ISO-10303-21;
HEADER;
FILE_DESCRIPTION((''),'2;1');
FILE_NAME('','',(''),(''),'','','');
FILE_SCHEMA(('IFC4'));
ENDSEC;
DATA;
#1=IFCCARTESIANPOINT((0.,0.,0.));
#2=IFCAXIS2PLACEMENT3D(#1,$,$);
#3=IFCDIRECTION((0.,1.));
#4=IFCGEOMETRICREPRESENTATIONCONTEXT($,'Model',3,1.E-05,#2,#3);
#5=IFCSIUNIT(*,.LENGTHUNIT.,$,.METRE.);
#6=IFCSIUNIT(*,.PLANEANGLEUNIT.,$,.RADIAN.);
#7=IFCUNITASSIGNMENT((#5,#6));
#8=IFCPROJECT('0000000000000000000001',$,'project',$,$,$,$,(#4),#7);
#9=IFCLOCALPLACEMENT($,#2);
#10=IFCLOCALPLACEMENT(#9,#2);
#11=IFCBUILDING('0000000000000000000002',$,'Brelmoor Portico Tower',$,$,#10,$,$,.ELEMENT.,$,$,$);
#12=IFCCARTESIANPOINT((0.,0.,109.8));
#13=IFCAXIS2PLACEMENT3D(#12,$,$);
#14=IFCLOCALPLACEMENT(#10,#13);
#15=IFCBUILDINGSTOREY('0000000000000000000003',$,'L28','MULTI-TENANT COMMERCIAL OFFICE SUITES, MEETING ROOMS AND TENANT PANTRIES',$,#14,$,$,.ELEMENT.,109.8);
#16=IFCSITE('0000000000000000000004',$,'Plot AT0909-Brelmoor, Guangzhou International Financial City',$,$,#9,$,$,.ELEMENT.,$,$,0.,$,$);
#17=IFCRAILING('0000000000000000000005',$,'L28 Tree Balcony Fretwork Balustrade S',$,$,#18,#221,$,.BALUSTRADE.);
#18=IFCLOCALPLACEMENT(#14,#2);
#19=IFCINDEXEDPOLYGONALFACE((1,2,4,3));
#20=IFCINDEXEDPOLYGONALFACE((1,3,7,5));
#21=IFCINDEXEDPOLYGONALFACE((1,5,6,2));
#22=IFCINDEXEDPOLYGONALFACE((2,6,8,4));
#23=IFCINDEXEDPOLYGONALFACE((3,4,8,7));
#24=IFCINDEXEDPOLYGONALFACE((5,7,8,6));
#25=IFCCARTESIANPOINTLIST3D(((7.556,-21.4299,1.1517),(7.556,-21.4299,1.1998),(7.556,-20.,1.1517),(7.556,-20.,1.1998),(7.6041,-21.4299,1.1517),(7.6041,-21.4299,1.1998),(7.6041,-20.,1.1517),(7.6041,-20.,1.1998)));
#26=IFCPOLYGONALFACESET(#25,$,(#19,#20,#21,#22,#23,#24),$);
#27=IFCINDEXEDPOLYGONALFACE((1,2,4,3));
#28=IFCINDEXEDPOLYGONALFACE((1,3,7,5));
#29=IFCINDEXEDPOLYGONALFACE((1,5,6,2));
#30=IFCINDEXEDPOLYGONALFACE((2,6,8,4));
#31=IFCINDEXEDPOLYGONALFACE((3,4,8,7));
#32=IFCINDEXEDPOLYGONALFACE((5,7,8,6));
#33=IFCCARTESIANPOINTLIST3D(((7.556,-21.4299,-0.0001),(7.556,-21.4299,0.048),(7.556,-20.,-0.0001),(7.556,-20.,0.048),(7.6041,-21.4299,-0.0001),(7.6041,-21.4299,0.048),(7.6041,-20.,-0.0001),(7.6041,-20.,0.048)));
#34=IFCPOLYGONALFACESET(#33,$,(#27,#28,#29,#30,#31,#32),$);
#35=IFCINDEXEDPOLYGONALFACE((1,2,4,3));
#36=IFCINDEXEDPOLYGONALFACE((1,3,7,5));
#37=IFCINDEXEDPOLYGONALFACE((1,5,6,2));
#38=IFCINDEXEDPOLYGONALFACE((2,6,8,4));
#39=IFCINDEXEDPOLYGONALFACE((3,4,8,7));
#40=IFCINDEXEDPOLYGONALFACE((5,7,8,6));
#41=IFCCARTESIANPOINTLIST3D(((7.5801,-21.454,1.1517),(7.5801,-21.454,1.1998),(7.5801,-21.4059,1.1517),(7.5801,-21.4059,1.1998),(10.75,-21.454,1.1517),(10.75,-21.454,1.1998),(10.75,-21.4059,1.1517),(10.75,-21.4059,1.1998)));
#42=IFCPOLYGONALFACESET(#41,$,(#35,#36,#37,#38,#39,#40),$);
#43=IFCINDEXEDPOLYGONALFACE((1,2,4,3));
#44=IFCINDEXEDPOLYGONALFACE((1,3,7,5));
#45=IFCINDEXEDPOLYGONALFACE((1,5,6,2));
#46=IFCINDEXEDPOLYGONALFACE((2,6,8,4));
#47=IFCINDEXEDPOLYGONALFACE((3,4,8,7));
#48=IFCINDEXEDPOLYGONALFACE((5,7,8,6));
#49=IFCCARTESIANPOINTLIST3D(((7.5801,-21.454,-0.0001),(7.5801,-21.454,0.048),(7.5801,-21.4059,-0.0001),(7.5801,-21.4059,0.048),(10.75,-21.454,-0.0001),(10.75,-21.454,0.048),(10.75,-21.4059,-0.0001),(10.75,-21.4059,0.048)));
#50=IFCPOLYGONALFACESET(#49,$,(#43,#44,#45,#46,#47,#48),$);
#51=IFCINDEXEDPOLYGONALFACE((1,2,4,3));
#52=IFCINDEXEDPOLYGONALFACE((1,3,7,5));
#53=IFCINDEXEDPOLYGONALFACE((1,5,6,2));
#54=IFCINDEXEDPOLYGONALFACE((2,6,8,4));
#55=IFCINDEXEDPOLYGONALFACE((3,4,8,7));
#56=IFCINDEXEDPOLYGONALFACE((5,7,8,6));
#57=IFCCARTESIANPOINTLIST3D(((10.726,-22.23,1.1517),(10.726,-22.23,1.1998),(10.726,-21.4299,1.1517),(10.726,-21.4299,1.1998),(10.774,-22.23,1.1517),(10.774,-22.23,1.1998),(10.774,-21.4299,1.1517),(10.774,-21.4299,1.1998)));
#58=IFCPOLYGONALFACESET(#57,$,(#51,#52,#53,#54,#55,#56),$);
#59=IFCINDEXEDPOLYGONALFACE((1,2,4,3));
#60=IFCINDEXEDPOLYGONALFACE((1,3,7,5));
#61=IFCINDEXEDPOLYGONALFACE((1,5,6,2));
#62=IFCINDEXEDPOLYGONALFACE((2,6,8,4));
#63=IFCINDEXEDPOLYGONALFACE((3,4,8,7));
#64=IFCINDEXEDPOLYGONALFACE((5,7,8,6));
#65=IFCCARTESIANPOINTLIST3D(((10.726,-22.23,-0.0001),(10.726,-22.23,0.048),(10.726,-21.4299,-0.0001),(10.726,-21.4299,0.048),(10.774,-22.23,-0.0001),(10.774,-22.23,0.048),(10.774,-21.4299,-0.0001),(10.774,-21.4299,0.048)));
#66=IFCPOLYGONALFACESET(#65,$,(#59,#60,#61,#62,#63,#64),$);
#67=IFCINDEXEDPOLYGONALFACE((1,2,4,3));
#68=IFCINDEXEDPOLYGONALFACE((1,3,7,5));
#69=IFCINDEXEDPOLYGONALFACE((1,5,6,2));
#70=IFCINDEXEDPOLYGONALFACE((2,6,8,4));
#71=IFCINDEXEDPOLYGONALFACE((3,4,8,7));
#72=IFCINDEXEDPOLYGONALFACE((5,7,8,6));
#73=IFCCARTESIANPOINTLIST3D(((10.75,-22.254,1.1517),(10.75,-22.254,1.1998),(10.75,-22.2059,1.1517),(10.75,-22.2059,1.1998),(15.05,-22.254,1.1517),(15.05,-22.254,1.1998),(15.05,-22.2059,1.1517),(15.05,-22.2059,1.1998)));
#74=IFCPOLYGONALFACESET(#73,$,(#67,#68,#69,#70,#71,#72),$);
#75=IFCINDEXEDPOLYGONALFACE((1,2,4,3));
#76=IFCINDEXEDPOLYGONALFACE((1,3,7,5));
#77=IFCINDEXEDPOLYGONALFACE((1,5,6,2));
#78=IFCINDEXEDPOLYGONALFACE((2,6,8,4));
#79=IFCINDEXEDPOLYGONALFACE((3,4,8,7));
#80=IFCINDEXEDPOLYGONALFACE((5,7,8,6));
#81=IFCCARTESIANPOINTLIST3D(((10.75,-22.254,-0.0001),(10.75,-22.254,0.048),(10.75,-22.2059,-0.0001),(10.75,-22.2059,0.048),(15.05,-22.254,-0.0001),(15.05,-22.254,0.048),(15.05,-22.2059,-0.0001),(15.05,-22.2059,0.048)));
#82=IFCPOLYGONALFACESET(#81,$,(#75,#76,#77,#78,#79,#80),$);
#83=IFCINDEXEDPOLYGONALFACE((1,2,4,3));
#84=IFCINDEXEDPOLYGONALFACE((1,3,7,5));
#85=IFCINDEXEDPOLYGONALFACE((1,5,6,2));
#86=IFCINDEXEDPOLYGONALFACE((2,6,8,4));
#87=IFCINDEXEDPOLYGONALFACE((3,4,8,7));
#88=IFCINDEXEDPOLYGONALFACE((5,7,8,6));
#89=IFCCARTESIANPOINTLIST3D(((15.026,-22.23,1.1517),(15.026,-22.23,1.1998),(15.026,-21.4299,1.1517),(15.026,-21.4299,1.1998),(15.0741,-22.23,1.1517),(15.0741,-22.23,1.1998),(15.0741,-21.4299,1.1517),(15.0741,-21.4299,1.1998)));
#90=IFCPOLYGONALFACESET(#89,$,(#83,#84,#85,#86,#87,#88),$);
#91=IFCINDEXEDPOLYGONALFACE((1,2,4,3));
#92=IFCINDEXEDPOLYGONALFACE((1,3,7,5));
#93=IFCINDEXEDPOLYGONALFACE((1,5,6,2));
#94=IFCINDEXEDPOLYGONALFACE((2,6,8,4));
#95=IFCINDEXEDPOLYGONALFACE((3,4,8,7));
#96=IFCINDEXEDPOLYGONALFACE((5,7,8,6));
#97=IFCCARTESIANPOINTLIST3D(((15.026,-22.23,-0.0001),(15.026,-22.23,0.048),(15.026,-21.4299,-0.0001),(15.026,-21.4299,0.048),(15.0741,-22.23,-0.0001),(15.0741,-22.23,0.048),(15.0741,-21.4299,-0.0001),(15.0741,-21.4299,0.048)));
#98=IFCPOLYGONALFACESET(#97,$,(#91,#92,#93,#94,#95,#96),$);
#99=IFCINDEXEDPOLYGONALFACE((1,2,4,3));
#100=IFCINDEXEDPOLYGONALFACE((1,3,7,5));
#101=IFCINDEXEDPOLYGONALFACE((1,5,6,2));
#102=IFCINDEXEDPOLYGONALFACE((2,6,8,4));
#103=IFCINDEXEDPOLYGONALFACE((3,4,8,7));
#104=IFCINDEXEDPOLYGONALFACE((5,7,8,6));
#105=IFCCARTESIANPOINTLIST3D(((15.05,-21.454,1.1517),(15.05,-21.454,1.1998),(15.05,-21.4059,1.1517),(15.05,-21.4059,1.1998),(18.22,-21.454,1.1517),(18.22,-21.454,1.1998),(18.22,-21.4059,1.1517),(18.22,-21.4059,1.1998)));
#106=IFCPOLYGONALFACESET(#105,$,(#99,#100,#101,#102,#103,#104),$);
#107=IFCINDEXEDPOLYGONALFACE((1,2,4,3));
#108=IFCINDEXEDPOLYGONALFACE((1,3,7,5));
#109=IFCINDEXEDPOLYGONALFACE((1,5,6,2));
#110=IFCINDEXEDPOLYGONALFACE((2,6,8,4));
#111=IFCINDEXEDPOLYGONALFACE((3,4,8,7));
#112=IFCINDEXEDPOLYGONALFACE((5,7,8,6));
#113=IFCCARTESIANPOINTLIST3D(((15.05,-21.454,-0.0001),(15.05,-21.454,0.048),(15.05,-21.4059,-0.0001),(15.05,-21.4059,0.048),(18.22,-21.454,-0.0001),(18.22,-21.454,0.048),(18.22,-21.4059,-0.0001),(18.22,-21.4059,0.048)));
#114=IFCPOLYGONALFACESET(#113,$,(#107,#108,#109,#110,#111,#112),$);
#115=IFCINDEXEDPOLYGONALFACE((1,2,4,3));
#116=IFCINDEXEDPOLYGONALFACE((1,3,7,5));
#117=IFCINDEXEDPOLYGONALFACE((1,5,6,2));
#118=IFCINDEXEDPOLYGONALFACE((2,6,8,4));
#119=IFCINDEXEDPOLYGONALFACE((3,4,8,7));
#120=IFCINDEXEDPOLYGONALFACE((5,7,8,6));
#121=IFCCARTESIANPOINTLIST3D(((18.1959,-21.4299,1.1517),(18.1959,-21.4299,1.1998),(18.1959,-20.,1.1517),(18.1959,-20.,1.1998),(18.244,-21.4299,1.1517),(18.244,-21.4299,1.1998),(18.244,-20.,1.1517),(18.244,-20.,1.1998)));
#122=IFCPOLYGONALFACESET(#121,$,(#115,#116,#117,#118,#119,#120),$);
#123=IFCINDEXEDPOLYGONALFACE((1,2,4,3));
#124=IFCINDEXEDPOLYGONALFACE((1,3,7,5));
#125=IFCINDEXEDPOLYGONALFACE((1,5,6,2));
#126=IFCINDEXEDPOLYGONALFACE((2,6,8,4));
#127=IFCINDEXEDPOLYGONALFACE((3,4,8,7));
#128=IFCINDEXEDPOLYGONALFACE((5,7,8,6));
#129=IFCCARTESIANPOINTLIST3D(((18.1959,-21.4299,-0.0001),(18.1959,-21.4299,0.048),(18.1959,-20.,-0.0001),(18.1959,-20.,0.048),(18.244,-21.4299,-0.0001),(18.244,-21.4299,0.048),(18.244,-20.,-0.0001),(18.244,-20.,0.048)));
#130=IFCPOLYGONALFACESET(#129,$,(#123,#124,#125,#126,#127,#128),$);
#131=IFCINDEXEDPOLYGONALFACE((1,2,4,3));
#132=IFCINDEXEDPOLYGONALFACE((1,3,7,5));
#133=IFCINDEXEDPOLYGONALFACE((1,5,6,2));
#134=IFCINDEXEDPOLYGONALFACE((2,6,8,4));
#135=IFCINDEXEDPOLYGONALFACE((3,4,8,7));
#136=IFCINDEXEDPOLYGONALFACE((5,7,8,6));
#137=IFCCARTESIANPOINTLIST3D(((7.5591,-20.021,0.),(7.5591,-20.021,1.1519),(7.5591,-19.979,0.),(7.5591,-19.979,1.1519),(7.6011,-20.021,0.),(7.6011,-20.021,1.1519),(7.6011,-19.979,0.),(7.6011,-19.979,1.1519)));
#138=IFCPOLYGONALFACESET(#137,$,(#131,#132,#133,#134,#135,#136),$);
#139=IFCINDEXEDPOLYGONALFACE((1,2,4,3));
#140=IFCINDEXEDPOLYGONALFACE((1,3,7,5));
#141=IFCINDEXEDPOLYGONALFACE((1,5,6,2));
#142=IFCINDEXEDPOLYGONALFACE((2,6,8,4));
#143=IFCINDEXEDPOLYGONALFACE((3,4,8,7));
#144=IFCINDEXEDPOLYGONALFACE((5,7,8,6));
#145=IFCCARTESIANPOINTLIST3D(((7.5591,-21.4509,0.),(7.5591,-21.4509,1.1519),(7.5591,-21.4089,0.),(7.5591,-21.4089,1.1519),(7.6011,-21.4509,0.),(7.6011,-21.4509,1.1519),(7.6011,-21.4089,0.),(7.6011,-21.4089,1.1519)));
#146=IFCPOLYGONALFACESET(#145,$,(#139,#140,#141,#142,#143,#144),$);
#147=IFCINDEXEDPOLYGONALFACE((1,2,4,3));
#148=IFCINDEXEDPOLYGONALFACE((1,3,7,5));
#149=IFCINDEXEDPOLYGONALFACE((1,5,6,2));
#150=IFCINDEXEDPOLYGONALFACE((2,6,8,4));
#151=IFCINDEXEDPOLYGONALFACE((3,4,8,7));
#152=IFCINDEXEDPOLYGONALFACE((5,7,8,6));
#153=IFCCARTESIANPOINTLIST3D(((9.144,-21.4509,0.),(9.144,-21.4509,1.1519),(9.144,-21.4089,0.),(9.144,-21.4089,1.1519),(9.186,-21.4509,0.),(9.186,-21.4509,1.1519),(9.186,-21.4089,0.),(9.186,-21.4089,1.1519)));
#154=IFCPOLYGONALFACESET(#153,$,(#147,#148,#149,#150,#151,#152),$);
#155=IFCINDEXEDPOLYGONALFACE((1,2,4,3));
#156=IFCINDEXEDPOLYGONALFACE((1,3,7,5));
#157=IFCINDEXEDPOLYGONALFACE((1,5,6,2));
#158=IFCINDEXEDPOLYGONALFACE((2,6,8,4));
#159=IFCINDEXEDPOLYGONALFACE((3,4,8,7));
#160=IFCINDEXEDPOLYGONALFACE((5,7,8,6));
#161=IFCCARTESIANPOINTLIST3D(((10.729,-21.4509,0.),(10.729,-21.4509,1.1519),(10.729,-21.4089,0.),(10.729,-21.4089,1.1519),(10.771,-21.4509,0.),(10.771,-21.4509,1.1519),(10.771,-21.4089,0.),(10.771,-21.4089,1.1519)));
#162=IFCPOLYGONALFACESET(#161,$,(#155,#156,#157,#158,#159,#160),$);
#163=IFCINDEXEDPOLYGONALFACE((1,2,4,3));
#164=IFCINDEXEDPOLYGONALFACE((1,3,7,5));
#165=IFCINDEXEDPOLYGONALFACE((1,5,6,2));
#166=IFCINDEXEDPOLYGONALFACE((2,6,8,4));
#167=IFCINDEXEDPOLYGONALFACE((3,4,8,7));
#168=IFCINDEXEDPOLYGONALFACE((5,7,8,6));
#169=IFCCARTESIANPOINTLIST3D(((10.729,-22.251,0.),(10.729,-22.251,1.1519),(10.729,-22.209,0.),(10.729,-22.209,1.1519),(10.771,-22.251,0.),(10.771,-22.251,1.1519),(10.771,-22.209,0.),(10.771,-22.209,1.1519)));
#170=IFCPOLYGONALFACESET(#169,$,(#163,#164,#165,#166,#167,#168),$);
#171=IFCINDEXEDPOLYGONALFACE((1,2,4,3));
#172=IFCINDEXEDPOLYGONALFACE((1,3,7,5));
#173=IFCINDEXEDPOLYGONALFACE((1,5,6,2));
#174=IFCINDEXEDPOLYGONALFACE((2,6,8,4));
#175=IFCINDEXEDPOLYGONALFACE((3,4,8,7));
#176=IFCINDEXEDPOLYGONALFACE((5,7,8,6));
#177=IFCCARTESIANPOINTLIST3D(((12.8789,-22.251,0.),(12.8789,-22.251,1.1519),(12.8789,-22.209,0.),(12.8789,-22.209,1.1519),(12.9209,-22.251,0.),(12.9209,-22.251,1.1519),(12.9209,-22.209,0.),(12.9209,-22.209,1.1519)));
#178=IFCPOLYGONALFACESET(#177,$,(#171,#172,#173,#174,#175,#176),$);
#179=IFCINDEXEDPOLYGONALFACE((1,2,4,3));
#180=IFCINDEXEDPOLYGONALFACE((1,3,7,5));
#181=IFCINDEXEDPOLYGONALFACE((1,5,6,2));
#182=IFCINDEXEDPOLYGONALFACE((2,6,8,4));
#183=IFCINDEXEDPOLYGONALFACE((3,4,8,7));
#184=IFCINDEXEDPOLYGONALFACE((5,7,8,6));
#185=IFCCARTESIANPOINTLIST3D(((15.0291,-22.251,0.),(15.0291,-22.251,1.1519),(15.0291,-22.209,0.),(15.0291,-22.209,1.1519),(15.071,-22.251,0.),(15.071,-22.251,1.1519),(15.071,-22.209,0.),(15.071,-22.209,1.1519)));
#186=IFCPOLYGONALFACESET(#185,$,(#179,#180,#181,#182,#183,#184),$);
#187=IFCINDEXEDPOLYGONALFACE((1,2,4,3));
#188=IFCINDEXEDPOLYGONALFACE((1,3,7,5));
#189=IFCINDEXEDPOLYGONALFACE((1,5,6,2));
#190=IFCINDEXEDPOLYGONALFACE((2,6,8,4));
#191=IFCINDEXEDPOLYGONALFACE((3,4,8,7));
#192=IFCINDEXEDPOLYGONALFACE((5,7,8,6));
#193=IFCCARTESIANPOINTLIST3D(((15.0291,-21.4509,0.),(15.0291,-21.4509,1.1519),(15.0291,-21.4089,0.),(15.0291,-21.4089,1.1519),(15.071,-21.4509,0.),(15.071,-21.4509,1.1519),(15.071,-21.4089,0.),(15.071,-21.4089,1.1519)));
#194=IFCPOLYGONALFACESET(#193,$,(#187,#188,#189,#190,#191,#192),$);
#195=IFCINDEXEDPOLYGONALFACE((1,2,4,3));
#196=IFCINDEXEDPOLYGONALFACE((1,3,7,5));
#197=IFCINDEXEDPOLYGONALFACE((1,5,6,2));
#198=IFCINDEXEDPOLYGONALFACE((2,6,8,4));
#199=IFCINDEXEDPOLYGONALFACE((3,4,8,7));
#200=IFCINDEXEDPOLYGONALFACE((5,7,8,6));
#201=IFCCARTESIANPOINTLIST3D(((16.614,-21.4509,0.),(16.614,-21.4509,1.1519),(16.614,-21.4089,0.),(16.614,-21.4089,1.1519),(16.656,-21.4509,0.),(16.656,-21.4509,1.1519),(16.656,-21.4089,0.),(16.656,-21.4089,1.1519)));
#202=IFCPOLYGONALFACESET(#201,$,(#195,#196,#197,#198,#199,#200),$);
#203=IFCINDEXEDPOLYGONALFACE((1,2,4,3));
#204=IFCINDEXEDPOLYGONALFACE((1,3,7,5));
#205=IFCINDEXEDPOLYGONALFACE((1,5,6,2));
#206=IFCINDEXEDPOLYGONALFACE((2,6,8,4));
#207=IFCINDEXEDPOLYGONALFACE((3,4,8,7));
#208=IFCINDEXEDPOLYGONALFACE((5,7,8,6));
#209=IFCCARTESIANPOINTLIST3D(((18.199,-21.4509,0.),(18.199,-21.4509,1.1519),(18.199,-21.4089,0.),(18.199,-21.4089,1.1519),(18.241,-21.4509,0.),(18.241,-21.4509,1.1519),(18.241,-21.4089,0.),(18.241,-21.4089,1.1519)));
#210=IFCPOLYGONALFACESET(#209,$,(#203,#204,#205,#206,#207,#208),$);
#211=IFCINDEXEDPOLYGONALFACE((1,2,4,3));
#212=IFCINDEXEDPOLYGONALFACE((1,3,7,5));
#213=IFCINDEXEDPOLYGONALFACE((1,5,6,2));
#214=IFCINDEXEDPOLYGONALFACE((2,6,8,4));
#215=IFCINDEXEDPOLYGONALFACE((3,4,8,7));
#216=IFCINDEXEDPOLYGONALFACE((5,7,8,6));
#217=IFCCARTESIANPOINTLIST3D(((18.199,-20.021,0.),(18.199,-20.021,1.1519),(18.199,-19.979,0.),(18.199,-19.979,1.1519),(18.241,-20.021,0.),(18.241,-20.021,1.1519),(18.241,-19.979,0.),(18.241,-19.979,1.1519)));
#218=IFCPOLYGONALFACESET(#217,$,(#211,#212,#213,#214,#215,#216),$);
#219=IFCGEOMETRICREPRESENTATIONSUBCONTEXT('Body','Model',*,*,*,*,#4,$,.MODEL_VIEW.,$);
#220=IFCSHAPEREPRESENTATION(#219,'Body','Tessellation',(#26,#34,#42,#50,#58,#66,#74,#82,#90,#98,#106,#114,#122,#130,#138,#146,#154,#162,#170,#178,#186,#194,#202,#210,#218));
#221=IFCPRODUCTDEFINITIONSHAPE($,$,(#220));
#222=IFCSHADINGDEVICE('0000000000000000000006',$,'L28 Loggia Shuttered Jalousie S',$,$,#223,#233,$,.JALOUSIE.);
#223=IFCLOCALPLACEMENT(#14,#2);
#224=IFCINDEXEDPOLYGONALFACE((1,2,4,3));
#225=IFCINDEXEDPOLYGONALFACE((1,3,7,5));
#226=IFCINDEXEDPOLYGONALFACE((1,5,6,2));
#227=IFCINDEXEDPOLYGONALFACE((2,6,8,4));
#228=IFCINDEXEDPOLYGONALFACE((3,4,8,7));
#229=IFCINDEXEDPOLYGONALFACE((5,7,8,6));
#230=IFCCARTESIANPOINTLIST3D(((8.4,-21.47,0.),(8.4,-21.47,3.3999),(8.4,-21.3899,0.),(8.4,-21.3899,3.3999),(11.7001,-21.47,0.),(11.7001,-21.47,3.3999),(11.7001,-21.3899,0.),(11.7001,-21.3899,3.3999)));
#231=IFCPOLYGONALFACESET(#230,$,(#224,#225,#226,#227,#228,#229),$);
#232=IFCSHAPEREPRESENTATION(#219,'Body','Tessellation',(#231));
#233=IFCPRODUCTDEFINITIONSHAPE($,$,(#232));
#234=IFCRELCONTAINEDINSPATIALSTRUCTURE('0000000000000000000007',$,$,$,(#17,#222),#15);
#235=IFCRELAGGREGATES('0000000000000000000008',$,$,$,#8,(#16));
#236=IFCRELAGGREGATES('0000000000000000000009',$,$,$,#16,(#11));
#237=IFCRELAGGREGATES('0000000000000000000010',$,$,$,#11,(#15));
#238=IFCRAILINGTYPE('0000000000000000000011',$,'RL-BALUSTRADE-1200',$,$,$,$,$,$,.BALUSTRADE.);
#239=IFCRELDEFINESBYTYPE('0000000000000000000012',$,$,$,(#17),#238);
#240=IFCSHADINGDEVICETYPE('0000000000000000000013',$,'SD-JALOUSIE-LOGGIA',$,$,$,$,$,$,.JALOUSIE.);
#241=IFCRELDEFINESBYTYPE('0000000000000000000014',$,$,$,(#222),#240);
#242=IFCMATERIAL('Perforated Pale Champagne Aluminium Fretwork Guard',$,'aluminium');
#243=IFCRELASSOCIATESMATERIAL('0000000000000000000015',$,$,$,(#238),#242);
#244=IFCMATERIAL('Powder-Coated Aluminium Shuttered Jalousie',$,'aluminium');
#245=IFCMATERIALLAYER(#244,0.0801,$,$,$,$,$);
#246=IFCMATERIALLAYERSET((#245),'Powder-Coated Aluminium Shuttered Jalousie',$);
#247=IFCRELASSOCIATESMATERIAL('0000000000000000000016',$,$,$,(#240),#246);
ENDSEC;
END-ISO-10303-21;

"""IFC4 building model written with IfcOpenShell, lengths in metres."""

from ifc_helpers import new_model, si_unit, direction, frame, origin, origin_2d, place, context, subcontext, project, spatial, rectangle, extrude, material, layer, layer_set, type_object, element, save


model = new_model("IFC4")

# Units and contexts
model_context = context("Model", 3, precision=1e-05, world=origin(), true_north=direction((0.0, 1.0)))
body_context = subcontext(model_context, "Body", "Model", "MODEL_VIEW")
ifc_project = project(units=[si_unit("LENGTHUNIT", "METRE"), si_unit("PLANEANGLEUNIT", "RADIAN")], contexts=[model_context])

# Site, building, storey
site_placement = place(None, origin())
site = spatial("IfcSite", under=ifc_project, at=site_placement, Name="Plot AT0909-Brelmoor, Guangzhou International Financial City", CompositionType="ELEMENT", RefElevation=0.0)
building_placement = place(site_placement, origin())
building = spatial("IfcBuilding", under=site, at=building_placement, Name="Brelmoor Portico Tower", CompositionType="ELEMENT")
storey_placement = place(building_placement, frame((0.0, 0.0, 109.8)))
storey = spatial("IfcBuildingStorey", under=building, at=storey_placement, Name="L28", Description="MULTI-TENANT COMMERCIAL OFFICE SUITES, MEETING ROOMS AND TENANT PANTRIES", CompositionType="ELEMENT", Elevation=109.8)

# Railing
ifc_material_1 = material(Name="Perforated Pale Champagne Aluminium Fretwork Guard", Category="aluminium")
railing_type = type_object("IfcRailingType", Name="RL-BALUSTRADE-1200", PredefinedType="BALUSTRADE", material=ifc_material_1)
railing_placement = place(storey_placement, frame((7.5801, -20.0, 0.0)))
element("IfcRailing", 1, at=railing_placement, inside=storey, type_object=railing_type, Name="L28 Tree Balcony Fretwork Balustrade S", PredefinedType="BALUSTRADE", context=body_context, shape_type="SweptSolid", body=[
    extrude(rectangle(XDim=0.0481, YDim=0.0481, at=origin_2d()), frame((0.0, 0.0, 1.1758), z_axis=(0.0, -1.0, 0.0), x_axis=(1.0, 0.0, 0.0)), (0.0, 0.0, 1.0), 1.4299),
    extrude(rectangle(XDim=0.0481, YDim=0.0481, at=origin_2d()), frame((0.0, 0.0, 0.0239), z_axis=(0.0, -1.0, 0.0), x_axis=(1.0, 0.0, 0.0)), (0.0, 0.0, 1.0), 1.4299),
    extrude(rectangle(XDim=0.0481, YDim=0.0481, at=origin_2d()), frame((0.0, -1.4299, 1.1758), z_axis=(1.0, 0.0, 0.0), x_axis=(0.0, 1.0, 0.0)), (0.0, 0.0, 1.0), 3.1699),
    extrude(rectangle(XDim=0.0481, YDim=0.0481, at=origin_2d()), frame((0.0, -1.4299, 0.0239), z_axis=(1.0, 0.0, 0.0), x_axis=(0.0, 1.0, 0.0)), (0.0, 0.0, 1.0), 3.1699),
    extrude(rectangle(XDim=0.0481, YDim=0.0481, at=origin_2d()), frame((3.1699, -1.4299, 1.1758), z_axis=(0.0, -1.0, 0.0), x_axis=(1.0, 0.0, 0.0)), (0.0, 0.0, 1.0), 0.8),
    extrude(rectangle(XDim=0.0481, YDim=0.0481, at=origin_2d()), frame((3.1699, -1.4299, 0.0239), z_axis=(0.0, -1.0, 0.0), x_axis=(1.0, 0.0, 0.0)), (0.0, 0.0, 1.0), 0.8),
    extrude(rectangle(XDim=0.0481, YDim=0.0481, at=origin_2d()), frame((3.1699, -2.23, 1.1758), z_axis=(1.0, 0.0, 0.0), x_axis=(0.0, 1.0, 0.0)), (0.0, 0.0, 1.0), 4.3),
    extrude(rectangle(XDim=0.0481, YDim=0.0481, at=origin_2d()), frame((3.1699, -2.23, 0.0239), z_axis=(1.0, 0.0, 0.0), x_axis=(0.0, 1.0, 0.0)), (0.0, 0.0, 1.0), 4.3),
    extrude(rectangle(XDim=0.0481, YDim=0.0481, at=origin_2d()), frame((7.47, -2.23, 1.1758), z_axis=(0.0, 1.0, 0.0), x_axis=(-1.0, 0.0, 0.0)), (0.0, 0.0, 1.0), 0.8),
    extrude(rectangle(XDim=0.0481, YDim=0.0481, at=origin_2d()), frame((7.47, -2.23, 0.0239), z_axis=(0.0, 1.0, 0.0), x_axis=(-1.0, 0.0, 0.0)), (0.0, 0.0, 1.0), 0.8),
    extrude(rectangle(XDim=0.0481, YDim=0.0481, at=origin_2d()), frame((7.47, -1.4299, 1.1758), z_axis=(1.0, 0.0, 0.0), x_axis=(0.0, 1.0, 0.0)), (0.0, 0.0, 1.0), 3.1699),
    extrude(rectangle(XDim=0.0481, YDim=0.0481, at=origin_2d()), frame((7.47, -1.4299, 0.0239), z_axis=(1.0, 0.0, 0.0), x_axis=(0.0, 1.0, 0.0)), (0.0, 0.0, 1.0), 3.1699),
    extrude(rectangle(XDim=0.0481, YDim=0.0481, at=origin_2d()), frame((10.6399, -1.4299, 1.1758), z_axis=(0.0, 1.0, 0.0), x_axis=(-1.0, 0.0, 0.0)), (0.0, 0.0, 1.0), 1.4299),
    extrude(rectangle(XDim=0.0481, YDim=0.0481, at=origin_2d()), frame((10.6399, -1.4299, 0.0239), z_axis=(0.0, 1.0, 0.0), x_axis=(-1.0, 0.0, 0.0)), (0.0, 0.0, 1.0), 1.4299),
    extrude(rectangle(XDim=0.042, YDim=0.042, at=origin_2d()), origin(), (0.0, 0.0, 1.0), 1.1519),
    extrude(rectangle(XDim=0.042, YDim=0.042, at=origin_2d()), frame((0.0, -1.4299, 0.0)), (0.0, 0.0, 1.0), 1.1519),
    extrude(rectangle(XDim=0.042, YDim=0.042, at=origin_2d()), frame((1.585, -1.4299, 0.0)), (0.0, 0.0, 1.0), 1.1519),
    extrude(rectangle(XDim=0.042, YDim=0.042, at=origin_2d()), frame((3.1699, -1.4299, 0.0)), (0.0, 0.0, 1.0), 1.1519),
    extrude(rectangle(XDim=0.042, YDim=0.042, at=origin_2d()), frame((3.1699, -2.23, 0.0)), (0.0, 0.0, 1.0), 1.1519),
    extrude(rectangle(XDim=0.042, YDim=0.042, at=origin_2d()), frame((5.3198, -2.23, 0.0)), (0.0, 0.0, 1.0), 1.1519),
    extrude(rectangle(XDim=0.042, YDim=0.042, at=origin_2d()), frame((7.47, -2.23, 0.0)), (0.0, 0.0, 1.0), 1.1519),
    extrude(rectangle(XDim=0.042, YDim=0.042, at=origin_2d()), frame((7.47, -1.4299, 0.0)), (0.0, 0.0, 1.0), 1.1519),
    extrude(rectangle(XDim=0.042, YDim=0.042, at=origin_2d()), frame((9.0549, -1.4299, 0.0)), (0.0, 0.0, 1.0), 1.1519),
    extrude(rectangle(XDim=0.042, YDim=0.042, at=origin_2d()), frame((10.6399, -1.4299, 0.0)), (0.0, 0.0, 1.0), 1.1519),
    extrude(rectangle(XDim=0.042, YDim=0.042, at=origin_2d()), frame((10.6399, 0.0, 0.0)), (0.0, 0.0, 1.0), 1.1519),
])

# Shading device
ifc_material_2 = material(Name="Powder-Coated Aluminium Shuttered Jalousie", Category="aluminium")
ifc_layer_1 = layer(ifc_material_2, 0.0801)
ifc_layer_set_1 = layer_set([ifc_layer_1], Name="Powder-Coated Aluminium Shuttered Jalousie")
shading_device_type = type_object("IfcShadingDeviceType", Name="SD-JALOUSIE-LOGGIA", PredefinedType="JALOUSIE", material=ifc_layer_set_1)
shading_device_placement = place(storey_placement, frame((10.05, -21.4299, 0.0), z_axis=(0.0, 0.0, 1.0), x_axis=(1.0, 0.0, 0.0)))
element("IfcShadingDevice", 2, at=shading_device_placement, inside=storey, type_object=shading_device_type, Name="L28 Loggia Shuttered Jalousie S", PredefinedType="JALOUSIE", context=body_context, shape_type="SweptSolid", body=[
    extrude(rectangle(XDim=3.3, YDim=0.0801, at=origin_2d()), origin(), (0.0, 0.0, 1.0), 3.3999),
])

save(model, "model.ifc")
